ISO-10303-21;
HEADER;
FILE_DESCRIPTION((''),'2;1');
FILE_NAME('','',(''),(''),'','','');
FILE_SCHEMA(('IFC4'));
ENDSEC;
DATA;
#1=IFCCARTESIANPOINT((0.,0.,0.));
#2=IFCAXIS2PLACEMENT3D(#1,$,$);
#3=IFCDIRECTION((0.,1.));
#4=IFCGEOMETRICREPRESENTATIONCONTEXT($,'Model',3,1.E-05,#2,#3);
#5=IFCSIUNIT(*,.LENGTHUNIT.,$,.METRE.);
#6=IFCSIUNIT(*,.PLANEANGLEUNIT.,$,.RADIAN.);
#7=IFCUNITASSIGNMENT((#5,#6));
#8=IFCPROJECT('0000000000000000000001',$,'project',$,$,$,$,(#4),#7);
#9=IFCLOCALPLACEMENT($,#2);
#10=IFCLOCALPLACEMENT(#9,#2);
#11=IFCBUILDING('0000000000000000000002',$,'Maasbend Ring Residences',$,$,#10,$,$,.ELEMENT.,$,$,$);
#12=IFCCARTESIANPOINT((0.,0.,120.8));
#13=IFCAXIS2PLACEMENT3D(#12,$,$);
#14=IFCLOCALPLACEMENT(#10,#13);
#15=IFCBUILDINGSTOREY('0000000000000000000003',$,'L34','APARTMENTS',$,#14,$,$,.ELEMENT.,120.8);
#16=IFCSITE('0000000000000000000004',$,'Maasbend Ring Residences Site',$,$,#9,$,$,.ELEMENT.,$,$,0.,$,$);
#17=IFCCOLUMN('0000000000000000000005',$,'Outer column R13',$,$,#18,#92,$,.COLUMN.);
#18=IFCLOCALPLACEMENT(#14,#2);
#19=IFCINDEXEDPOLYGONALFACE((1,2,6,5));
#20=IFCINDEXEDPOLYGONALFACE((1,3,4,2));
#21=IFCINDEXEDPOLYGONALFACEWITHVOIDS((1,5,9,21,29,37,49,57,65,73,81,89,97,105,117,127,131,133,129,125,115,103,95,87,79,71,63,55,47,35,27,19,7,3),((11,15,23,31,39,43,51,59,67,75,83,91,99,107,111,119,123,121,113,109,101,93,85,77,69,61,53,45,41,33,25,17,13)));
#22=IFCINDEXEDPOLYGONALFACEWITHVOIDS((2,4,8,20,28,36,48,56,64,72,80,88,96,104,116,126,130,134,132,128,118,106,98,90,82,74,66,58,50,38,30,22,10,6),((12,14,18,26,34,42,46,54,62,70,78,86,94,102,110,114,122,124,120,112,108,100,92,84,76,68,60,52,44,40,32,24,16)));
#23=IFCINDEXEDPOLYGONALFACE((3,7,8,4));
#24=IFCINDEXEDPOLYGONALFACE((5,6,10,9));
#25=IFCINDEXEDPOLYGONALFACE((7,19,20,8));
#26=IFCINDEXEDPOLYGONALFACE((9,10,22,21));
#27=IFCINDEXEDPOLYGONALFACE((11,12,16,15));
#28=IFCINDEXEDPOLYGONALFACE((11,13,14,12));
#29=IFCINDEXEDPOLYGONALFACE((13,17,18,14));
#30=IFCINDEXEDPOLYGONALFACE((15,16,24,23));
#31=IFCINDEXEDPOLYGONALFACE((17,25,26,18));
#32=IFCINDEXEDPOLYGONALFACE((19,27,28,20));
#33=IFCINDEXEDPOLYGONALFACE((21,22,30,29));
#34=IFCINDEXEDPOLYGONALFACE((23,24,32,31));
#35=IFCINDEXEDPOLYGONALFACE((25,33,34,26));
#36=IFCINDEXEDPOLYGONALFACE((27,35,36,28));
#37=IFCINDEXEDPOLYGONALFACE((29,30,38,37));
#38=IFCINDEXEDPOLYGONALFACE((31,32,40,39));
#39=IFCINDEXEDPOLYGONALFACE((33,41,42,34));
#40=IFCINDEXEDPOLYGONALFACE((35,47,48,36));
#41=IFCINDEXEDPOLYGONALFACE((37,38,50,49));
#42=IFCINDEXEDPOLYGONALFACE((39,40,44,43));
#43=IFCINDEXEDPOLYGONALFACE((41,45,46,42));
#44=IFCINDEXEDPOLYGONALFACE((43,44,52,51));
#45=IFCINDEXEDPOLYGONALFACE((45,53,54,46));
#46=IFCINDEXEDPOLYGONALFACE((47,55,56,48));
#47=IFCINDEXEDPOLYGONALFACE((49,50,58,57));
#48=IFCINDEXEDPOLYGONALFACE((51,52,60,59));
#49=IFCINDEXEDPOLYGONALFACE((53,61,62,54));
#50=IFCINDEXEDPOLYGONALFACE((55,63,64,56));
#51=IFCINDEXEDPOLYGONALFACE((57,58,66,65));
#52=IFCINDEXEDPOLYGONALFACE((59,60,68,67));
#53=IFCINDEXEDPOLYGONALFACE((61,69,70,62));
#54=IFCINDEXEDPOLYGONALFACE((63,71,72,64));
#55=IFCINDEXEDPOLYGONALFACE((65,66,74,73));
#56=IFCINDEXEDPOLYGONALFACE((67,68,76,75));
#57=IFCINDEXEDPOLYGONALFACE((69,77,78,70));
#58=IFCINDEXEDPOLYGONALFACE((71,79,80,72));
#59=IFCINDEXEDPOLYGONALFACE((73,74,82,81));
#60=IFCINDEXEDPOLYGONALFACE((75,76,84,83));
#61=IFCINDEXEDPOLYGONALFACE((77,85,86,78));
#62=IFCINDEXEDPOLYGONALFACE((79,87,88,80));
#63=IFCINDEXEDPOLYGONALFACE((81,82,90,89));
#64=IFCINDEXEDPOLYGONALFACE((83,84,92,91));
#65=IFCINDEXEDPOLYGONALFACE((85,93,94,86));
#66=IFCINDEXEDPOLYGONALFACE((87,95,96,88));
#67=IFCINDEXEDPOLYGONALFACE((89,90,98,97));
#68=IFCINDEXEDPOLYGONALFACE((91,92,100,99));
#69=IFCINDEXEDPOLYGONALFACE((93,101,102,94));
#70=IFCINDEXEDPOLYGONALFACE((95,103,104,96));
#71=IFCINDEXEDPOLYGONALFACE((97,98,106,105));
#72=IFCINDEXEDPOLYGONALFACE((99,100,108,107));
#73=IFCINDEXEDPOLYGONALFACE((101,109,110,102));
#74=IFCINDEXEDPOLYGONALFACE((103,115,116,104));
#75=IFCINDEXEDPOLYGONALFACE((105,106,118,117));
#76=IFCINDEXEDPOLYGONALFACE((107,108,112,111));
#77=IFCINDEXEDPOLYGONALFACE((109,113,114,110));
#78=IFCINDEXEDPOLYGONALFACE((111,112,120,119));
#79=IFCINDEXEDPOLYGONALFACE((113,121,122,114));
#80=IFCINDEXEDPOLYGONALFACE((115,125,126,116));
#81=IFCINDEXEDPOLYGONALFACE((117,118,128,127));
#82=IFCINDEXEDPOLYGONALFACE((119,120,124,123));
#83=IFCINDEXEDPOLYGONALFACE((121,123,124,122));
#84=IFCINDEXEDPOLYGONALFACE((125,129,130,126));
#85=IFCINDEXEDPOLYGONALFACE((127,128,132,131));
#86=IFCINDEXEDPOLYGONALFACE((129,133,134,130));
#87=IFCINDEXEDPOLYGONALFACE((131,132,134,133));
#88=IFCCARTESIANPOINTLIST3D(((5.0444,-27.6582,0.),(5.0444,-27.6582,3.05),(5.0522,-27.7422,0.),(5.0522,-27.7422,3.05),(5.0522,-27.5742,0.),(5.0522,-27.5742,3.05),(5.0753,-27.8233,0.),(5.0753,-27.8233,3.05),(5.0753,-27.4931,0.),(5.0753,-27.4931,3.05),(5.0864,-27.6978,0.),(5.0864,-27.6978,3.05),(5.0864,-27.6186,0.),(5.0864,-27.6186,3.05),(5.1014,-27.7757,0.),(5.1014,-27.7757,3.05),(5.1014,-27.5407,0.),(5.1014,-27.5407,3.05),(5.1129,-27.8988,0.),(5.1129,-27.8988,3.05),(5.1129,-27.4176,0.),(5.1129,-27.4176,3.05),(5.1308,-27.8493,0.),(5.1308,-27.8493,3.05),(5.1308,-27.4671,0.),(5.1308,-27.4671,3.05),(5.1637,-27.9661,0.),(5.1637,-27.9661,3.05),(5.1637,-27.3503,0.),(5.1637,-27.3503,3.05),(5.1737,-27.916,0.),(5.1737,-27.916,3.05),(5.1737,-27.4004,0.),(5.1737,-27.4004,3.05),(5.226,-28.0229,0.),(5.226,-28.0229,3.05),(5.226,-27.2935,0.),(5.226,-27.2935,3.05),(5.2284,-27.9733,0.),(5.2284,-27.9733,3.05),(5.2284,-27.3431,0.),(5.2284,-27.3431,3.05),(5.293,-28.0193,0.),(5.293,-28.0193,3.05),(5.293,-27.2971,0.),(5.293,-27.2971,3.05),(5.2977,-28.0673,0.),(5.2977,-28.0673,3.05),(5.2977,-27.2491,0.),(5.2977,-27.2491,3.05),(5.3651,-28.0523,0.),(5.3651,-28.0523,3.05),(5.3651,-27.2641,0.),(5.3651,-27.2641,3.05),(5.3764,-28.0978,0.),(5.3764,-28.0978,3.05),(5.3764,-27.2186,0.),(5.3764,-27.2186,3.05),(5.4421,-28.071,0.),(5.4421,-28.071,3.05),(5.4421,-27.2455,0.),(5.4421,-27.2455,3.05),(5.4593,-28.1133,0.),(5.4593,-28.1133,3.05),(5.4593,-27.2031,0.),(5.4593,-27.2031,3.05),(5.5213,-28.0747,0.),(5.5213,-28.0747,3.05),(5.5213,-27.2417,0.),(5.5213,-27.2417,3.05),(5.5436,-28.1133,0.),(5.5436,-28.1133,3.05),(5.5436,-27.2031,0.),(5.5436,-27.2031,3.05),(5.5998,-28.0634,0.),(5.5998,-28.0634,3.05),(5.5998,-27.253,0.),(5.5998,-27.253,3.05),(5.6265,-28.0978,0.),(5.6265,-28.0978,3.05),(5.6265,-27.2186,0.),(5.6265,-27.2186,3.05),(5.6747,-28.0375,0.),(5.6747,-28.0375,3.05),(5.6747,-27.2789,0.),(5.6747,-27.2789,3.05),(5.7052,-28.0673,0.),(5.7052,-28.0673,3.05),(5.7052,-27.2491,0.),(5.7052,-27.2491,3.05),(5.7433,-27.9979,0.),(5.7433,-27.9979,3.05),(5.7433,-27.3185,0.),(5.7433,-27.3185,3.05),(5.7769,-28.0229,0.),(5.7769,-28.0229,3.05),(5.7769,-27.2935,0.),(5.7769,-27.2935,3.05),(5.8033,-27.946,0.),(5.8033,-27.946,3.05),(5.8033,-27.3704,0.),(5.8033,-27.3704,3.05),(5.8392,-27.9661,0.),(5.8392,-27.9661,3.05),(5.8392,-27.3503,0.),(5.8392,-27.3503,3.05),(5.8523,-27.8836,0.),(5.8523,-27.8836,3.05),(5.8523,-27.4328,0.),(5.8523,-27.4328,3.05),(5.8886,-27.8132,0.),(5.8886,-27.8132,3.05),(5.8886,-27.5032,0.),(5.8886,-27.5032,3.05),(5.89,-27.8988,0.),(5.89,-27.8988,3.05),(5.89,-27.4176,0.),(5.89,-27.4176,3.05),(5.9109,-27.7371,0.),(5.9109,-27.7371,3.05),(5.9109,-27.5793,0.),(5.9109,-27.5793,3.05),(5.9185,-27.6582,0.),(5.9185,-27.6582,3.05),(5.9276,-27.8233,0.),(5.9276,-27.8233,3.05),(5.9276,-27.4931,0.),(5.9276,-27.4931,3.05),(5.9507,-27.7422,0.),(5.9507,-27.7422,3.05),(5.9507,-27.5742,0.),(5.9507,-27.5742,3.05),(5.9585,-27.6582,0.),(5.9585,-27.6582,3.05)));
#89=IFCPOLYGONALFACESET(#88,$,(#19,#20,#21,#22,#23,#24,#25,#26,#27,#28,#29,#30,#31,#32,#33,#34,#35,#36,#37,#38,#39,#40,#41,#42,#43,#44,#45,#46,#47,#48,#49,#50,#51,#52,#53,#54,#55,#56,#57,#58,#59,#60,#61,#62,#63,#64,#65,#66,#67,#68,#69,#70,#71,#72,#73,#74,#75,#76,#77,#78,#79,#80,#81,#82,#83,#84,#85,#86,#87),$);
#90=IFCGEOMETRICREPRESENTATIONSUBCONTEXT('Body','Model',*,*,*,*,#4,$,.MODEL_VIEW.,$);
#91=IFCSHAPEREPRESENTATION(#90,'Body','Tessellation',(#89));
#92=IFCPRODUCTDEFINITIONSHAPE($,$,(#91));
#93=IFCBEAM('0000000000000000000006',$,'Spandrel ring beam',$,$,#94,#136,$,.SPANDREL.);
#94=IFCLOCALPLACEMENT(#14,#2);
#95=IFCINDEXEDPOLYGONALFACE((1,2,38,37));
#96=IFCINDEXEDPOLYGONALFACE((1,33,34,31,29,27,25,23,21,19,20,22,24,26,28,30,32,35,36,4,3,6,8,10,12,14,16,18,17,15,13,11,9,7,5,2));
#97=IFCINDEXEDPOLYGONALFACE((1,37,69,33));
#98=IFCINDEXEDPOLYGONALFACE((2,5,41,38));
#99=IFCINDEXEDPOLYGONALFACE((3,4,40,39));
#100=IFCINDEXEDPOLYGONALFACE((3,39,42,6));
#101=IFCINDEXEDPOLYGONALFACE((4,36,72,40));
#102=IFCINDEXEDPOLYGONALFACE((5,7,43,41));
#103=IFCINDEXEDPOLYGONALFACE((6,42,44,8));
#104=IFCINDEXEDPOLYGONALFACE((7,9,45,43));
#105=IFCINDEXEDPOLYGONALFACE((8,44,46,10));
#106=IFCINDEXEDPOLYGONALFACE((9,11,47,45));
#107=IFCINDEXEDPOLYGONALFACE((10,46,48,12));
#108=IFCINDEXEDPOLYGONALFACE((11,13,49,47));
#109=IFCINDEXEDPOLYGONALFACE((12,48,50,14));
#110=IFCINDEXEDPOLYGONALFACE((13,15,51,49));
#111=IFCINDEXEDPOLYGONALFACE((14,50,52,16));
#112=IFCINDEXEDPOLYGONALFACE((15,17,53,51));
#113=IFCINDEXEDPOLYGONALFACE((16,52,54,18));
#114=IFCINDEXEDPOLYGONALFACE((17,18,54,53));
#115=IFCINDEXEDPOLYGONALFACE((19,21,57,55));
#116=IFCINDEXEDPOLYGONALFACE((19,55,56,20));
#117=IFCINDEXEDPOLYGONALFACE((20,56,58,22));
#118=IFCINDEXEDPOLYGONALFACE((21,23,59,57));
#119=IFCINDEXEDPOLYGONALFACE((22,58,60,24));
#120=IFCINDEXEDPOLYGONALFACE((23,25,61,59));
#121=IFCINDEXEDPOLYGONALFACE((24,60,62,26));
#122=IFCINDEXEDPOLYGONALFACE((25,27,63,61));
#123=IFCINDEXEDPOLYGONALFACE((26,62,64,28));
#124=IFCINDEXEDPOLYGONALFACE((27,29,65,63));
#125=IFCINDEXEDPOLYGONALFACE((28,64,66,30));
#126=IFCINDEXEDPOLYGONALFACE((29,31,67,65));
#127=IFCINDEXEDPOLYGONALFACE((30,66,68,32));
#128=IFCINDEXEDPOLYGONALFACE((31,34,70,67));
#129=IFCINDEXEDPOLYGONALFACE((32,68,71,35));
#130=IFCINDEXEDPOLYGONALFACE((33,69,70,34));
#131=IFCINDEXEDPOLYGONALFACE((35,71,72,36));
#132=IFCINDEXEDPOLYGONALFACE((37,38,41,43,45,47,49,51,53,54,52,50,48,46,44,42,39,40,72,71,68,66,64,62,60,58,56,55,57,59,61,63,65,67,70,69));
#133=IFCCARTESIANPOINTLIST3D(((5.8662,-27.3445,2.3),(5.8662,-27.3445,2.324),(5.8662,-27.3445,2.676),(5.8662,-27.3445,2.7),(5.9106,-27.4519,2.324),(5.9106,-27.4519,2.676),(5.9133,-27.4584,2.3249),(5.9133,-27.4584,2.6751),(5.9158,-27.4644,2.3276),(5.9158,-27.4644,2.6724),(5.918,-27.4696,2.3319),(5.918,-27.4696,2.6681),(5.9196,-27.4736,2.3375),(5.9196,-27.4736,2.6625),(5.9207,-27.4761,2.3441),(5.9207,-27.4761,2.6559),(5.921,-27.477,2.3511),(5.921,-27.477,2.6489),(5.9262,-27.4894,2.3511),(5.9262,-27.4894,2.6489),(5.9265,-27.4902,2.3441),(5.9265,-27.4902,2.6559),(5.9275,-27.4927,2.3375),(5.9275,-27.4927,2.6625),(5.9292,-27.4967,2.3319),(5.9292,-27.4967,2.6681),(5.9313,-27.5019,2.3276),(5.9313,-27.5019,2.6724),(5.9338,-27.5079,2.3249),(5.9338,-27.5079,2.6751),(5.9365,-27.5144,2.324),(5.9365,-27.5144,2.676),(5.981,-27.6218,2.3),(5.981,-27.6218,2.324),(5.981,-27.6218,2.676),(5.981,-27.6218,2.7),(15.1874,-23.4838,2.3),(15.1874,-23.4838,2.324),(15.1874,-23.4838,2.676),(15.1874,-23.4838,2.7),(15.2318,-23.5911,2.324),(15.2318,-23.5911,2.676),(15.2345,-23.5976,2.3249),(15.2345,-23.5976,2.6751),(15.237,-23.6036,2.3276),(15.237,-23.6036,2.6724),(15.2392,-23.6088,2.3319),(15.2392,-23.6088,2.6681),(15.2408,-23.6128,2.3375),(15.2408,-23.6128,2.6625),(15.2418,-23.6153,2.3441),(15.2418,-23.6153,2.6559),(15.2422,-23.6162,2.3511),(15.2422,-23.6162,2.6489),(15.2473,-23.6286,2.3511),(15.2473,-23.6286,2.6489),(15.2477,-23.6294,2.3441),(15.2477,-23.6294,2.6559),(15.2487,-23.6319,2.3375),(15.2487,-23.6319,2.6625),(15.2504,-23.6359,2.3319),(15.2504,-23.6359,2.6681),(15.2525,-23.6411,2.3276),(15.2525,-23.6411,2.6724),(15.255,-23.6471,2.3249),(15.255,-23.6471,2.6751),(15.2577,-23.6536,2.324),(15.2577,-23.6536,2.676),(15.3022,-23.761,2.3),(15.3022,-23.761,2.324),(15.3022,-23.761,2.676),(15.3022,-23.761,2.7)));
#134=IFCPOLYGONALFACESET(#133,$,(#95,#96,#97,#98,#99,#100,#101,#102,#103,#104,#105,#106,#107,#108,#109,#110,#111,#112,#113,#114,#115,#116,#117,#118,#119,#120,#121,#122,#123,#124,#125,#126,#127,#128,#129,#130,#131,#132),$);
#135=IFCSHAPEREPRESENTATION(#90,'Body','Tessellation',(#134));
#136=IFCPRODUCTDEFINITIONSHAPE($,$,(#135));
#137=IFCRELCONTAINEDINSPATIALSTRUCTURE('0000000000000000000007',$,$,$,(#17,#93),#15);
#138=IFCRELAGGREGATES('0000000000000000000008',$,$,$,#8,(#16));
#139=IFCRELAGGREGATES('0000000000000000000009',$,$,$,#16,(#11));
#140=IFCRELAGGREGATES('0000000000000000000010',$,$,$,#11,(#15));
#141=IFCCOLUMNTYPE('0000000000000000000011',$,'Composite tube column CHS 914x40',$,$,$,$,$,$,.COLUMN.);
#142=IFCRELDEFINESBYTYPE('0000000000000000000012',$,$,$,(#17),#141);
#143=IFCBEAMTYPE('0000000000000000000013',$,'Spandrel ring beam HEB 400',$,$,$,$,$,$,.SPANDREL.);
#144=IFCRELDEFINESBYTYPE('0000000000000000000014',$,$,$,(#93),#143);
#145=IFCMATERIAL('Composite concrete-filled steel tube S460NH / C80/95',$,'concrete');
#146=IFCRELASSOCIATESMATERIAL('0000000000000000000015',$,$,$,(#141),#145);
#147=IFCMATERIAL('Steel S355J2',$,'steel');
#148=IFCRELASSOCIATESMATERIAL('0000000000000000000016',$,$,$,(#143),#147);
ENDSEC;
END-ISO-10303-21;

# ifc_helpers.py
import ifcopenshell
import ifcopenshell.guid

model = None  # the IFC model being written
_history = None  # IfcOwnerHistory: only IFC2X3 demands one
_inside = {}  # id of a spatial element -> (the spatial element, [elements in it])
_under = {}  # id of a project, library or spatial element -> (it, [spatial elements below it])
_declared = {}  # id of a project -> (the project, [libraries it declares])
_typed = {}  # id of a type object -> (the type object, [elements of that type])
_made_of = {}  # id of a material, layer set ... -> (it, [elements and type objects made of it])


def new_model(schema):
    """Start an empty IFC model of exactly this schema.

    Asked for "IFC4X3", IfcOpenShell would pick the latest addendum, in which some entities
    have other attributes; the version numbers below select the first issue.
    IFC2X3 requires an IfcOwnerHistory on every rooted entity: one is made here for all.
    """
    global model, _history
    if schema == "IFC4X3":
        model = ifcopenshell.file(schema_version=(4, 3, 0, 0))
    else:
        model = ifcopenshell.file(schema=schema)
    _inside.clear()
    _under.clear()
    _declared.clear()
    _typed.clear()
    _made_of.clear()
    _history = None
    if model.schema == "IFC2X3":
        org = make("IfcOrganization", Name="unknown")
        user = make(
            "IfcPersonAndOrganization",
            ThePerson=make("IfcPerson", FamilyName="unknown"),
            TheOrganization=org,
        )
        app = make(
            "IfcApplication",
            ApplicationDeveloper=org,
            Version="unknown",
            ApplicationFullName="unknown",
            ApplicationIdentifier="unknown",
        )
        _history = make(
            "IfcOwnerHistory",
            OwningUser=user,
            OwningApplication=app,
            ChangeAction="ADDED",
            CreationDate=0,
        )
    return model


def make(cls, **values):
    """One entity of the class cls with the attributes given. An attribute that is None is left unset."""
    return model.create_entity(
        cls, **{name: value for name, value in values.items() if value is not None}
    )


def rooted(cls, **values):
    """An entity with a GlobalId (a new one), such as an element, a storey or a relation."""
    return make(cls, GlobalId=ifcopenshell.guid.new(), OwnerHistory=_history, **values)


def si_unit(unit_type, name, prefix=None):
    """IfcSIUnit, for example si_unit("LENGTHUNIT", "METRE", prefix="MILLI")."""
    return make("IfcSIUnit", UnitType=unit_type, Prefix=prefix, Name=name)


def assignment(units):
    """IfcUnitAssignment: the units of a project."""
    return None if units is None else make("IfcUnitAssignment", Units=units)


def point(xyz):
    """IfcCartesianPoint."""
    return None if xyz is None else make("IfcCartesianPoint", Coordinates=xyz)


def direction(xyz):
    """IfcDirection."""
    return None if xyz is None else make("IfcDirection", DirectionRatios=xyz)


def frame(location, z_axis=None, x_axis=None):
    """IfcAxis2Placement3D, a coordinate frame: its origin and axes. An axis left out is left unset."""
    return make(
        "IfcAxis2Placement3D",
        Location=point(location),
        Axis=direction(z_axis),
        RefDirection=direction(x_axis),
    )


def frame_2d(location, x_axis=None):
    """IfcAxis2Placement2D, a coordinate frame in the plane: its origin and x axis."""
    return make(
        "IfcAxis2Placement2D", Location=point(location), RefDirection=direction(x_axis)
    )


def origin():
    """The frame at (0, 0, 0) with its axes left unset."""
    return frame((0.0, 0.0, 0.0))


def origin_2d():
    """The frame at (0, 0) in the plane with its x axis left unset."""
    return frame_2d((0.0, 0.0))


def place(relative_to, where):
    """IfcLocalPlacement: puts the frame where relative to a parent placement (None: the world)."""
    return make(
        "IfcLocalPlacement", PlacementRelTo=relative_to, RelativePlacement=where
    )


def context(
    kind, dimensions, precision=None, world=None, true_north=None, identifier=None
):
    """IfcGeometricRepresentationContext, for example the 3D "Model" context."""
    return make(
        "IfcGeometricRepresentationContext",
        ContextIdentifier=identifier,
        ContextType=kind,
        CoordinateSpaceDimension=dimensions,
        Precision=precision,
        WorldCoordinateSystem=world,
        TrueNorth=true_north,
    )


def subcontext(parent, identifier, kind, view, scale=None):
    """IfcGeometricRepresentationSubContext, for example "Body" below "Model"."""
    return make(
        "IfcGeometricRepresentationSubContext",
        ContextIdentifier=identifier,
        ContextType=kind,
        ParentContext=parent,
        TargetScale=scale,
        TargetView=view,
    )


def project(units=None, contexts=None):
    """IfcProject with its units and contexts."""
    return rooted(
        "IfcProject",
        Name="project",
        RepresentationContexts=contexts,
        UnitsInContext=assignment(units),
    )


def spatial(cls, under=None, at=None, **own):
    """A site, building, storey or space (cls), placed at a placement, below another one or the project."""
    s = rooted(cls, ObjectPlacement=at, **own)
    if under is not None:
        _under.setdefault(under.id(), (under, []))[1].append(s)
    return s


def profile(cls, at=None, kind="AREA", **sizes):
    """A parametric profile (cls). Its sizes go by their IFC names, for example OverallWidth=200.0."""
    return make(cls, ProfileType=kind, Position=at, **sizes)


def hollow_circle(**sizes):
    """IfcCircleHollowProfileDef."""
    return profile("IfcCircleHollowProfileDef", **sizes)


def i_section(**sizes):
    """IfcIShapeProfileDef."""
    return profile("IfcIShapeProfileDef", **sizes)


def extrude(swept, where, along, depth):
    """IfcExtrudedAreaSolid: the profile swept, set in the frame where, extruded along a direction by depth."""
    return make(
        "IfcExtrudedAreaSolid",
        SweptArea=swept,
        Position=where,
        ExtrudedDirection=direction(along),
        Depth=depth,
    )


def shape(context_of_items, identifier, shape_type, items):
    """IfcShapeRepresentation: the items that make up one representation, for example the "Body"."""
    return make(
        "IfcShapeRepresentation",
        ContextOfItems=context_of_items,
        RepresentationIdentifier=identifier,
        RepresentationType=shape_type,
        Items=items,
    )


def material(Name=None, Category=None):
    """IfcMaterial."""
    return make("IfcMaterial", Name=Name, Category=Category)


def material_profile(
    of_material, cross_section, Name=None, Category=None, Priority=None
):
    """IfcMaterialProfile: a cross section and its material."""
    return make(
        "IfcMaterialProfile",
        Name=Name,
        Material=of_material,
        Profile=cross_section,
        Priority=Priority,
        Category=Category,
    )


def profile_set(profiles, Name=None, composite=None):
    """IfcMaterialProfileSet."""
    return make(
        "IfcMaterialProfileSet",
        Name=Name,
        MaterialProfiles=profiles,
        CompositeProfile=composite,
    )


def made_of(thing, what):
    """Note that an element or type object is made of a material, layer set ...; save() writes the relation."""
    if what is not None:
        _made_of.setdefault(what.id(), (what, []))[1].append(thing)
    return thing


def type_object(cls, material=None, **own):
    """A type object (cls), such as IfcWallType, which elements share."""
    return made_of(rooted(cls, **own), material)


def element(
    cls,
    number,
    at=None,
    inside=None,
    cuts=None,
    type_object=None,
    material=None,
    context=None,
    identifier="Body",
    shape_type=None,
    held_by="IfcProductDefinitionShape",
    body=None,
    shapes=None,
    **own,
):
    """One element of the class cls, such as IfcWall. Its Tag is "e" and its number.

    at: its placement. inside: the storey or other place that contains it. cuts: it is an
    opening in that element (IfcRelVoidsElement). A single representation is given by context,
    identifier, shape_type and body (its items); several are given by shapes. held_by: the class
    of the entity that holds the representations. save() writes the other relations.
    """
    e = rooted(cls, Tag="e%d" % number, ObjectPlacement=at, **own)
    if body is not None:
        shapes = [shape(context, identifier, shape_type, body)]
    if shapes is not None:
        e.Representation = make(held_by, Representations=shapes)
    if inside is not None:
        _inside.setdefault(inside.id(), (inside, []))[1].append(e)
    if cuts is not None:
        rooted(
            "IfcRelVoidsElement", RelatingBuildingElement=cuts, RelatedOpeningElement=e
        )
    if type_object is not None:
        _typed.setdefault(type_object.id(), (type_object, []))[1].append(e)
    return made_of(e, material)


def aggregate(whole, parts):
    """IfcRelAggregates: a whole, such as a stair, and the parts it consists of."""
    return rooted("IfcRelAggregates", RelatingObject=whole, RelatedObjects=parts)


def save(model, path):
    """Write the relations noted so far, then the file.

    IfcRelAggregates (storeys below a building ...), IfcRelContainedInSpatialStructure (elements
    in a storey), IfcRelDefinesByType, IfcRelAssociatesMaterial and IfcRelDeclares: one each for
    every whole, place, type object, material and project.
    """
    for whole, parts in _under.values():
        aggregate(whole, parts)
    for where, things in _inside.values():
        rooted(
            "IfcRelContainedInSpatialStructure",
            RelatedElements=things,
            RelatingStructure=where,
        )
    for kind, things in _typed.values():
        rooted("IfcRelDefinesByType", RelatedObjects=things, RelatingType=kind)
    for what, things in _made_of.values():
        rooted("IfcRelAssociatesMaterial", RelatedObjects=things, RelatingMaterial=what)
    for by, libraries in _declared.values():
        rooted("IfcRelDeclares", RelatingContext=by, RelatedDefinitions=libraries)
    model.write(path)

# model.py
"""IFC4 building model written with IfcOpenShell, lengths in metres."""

from ifc_helpers import new_model, si_unit, direction, frame, origin, origin_2d, place, context, subcontext, project, spatial, hollow_circle, i_section, extrude, material, material_profile, profile_set, type_object, element, save


model = new_model("IFC4")

# Units and contexts
model_context = context("Model", 3, precision=1e-05, world=origin(), true_north=direction((0.0, 1.0)))
body_context = subcontext(model_context, "Body", "Model", "MODEL_VIEW")
ifc_project = project(units=[si_unit("LENGTHUNIT", "METRE"), si_unit("PLANEANGLEUNIT", "RADIAN")], contexts=[model_context])

# Site, building, storey
site_placement = place(None, origin())
site = spatial("IfcSite", under=ifc_project, at=site_placement, Name="Maasbend Ring Residences Site", CompositionType="ELEMENT", RefElevation=0.0)
building_placement = place(site_placement, origin())
building = spatial("IfcBuilding", under=site, at=building_placement, Name="Maasbend Ring Residences", CompositionType="ELEMENT")
storey_placement = place(building_placement, frame((0.0, 0.0, 120.8)))
storey = spatial("IfcBuildingStorey", under=building, at=storey_placement, Name="L34", Description="APARTMENTS", CompositionType="ELEMENT", Elevation=120.8)

# Column
ifc_material_1 = material(Name="Composite concrete-filled steel tube S460NH / C80/95", Category="concrete")
ifc_material_profile_1 = material_profile(ifc_material_1, hollow_circle(Radius=0.457, WallThickness=0.04, at=origin_2d()), Name="Composite tube column CHS 914x40")
ifc_profile_set_1 = profile_set([ifc_material_profile_1], Name="Composite concrete-filled steel tube S460NH / C80/95")
column_type = type_object("IfcColumnType", Name="Composite tube column CHS 914x40", PredefinedType="COLUMN", material=ifc_profile_set_1)
column_placement = place(storey_placement, frame((5.5015, -27.6582, 0.0), z_axis=(0.0, 0.0, 1.0), x_axis=(1.0, 0.0, 0.0)))
element("IfcColumn", 1, at=column_placement, inside=storey, type_object=column_type, Name="Outer column R13", PredefinedType="COLUMN", context=body_context, shape_type="SweptSolid", body=[
    extrude(hollow_circle(Radius=0.457, WallThickness=0.04, at=origin_2d()), origin(), (0.0, 0.0, 1.0), 3.05),
])

# Beam
ifc_material_2 = material(Name="Steel S355J2", Category="steel")
ifc_material_profile_2 = material_profile(ifc_material_2, i_section(OverallWidth=0.3, OverallDepth=0.3999, WebThickness=0.0134, FlangeThickness=0.0239, FilletRadius=0.0271, at=origin_2d()), Name="HEB 400")
ifc_profile_set_2 = profile_set([ifc_material_profile_2], Name="Steel S355J2")
beam_type = type_object("IfcBeamType", Name="Spandrel ring beam HEB 400", PredefinedType="SPANDREL", material=ifc_profile_set_2)
beam_placement = place(storey_placement, frame((5.9236, -27.4832, 2.5), z_axis=(0.923885, 0.38267, 0.0), x_axis=(-0.38267, 0.923885, 0.0)))
element("IfcBeam", 2, at=beam_placement, inside=storey, type_object=beam_type, Name="Spandrel ring beam", PredefinedType="SPANDREL", context=body_context, shape_type="SweptSolid", body=[
    extrude(i_section(OverallWidth=0.3, OverallDepth=0.3999, WebThickness=0.0134, FlangeThickness=0.0239, FilletRadius=0.0271, at=origin_2d()), origin(), (0.0, 0.0, 1.0), 10.0891),
])

save(model, "model.ifc")
